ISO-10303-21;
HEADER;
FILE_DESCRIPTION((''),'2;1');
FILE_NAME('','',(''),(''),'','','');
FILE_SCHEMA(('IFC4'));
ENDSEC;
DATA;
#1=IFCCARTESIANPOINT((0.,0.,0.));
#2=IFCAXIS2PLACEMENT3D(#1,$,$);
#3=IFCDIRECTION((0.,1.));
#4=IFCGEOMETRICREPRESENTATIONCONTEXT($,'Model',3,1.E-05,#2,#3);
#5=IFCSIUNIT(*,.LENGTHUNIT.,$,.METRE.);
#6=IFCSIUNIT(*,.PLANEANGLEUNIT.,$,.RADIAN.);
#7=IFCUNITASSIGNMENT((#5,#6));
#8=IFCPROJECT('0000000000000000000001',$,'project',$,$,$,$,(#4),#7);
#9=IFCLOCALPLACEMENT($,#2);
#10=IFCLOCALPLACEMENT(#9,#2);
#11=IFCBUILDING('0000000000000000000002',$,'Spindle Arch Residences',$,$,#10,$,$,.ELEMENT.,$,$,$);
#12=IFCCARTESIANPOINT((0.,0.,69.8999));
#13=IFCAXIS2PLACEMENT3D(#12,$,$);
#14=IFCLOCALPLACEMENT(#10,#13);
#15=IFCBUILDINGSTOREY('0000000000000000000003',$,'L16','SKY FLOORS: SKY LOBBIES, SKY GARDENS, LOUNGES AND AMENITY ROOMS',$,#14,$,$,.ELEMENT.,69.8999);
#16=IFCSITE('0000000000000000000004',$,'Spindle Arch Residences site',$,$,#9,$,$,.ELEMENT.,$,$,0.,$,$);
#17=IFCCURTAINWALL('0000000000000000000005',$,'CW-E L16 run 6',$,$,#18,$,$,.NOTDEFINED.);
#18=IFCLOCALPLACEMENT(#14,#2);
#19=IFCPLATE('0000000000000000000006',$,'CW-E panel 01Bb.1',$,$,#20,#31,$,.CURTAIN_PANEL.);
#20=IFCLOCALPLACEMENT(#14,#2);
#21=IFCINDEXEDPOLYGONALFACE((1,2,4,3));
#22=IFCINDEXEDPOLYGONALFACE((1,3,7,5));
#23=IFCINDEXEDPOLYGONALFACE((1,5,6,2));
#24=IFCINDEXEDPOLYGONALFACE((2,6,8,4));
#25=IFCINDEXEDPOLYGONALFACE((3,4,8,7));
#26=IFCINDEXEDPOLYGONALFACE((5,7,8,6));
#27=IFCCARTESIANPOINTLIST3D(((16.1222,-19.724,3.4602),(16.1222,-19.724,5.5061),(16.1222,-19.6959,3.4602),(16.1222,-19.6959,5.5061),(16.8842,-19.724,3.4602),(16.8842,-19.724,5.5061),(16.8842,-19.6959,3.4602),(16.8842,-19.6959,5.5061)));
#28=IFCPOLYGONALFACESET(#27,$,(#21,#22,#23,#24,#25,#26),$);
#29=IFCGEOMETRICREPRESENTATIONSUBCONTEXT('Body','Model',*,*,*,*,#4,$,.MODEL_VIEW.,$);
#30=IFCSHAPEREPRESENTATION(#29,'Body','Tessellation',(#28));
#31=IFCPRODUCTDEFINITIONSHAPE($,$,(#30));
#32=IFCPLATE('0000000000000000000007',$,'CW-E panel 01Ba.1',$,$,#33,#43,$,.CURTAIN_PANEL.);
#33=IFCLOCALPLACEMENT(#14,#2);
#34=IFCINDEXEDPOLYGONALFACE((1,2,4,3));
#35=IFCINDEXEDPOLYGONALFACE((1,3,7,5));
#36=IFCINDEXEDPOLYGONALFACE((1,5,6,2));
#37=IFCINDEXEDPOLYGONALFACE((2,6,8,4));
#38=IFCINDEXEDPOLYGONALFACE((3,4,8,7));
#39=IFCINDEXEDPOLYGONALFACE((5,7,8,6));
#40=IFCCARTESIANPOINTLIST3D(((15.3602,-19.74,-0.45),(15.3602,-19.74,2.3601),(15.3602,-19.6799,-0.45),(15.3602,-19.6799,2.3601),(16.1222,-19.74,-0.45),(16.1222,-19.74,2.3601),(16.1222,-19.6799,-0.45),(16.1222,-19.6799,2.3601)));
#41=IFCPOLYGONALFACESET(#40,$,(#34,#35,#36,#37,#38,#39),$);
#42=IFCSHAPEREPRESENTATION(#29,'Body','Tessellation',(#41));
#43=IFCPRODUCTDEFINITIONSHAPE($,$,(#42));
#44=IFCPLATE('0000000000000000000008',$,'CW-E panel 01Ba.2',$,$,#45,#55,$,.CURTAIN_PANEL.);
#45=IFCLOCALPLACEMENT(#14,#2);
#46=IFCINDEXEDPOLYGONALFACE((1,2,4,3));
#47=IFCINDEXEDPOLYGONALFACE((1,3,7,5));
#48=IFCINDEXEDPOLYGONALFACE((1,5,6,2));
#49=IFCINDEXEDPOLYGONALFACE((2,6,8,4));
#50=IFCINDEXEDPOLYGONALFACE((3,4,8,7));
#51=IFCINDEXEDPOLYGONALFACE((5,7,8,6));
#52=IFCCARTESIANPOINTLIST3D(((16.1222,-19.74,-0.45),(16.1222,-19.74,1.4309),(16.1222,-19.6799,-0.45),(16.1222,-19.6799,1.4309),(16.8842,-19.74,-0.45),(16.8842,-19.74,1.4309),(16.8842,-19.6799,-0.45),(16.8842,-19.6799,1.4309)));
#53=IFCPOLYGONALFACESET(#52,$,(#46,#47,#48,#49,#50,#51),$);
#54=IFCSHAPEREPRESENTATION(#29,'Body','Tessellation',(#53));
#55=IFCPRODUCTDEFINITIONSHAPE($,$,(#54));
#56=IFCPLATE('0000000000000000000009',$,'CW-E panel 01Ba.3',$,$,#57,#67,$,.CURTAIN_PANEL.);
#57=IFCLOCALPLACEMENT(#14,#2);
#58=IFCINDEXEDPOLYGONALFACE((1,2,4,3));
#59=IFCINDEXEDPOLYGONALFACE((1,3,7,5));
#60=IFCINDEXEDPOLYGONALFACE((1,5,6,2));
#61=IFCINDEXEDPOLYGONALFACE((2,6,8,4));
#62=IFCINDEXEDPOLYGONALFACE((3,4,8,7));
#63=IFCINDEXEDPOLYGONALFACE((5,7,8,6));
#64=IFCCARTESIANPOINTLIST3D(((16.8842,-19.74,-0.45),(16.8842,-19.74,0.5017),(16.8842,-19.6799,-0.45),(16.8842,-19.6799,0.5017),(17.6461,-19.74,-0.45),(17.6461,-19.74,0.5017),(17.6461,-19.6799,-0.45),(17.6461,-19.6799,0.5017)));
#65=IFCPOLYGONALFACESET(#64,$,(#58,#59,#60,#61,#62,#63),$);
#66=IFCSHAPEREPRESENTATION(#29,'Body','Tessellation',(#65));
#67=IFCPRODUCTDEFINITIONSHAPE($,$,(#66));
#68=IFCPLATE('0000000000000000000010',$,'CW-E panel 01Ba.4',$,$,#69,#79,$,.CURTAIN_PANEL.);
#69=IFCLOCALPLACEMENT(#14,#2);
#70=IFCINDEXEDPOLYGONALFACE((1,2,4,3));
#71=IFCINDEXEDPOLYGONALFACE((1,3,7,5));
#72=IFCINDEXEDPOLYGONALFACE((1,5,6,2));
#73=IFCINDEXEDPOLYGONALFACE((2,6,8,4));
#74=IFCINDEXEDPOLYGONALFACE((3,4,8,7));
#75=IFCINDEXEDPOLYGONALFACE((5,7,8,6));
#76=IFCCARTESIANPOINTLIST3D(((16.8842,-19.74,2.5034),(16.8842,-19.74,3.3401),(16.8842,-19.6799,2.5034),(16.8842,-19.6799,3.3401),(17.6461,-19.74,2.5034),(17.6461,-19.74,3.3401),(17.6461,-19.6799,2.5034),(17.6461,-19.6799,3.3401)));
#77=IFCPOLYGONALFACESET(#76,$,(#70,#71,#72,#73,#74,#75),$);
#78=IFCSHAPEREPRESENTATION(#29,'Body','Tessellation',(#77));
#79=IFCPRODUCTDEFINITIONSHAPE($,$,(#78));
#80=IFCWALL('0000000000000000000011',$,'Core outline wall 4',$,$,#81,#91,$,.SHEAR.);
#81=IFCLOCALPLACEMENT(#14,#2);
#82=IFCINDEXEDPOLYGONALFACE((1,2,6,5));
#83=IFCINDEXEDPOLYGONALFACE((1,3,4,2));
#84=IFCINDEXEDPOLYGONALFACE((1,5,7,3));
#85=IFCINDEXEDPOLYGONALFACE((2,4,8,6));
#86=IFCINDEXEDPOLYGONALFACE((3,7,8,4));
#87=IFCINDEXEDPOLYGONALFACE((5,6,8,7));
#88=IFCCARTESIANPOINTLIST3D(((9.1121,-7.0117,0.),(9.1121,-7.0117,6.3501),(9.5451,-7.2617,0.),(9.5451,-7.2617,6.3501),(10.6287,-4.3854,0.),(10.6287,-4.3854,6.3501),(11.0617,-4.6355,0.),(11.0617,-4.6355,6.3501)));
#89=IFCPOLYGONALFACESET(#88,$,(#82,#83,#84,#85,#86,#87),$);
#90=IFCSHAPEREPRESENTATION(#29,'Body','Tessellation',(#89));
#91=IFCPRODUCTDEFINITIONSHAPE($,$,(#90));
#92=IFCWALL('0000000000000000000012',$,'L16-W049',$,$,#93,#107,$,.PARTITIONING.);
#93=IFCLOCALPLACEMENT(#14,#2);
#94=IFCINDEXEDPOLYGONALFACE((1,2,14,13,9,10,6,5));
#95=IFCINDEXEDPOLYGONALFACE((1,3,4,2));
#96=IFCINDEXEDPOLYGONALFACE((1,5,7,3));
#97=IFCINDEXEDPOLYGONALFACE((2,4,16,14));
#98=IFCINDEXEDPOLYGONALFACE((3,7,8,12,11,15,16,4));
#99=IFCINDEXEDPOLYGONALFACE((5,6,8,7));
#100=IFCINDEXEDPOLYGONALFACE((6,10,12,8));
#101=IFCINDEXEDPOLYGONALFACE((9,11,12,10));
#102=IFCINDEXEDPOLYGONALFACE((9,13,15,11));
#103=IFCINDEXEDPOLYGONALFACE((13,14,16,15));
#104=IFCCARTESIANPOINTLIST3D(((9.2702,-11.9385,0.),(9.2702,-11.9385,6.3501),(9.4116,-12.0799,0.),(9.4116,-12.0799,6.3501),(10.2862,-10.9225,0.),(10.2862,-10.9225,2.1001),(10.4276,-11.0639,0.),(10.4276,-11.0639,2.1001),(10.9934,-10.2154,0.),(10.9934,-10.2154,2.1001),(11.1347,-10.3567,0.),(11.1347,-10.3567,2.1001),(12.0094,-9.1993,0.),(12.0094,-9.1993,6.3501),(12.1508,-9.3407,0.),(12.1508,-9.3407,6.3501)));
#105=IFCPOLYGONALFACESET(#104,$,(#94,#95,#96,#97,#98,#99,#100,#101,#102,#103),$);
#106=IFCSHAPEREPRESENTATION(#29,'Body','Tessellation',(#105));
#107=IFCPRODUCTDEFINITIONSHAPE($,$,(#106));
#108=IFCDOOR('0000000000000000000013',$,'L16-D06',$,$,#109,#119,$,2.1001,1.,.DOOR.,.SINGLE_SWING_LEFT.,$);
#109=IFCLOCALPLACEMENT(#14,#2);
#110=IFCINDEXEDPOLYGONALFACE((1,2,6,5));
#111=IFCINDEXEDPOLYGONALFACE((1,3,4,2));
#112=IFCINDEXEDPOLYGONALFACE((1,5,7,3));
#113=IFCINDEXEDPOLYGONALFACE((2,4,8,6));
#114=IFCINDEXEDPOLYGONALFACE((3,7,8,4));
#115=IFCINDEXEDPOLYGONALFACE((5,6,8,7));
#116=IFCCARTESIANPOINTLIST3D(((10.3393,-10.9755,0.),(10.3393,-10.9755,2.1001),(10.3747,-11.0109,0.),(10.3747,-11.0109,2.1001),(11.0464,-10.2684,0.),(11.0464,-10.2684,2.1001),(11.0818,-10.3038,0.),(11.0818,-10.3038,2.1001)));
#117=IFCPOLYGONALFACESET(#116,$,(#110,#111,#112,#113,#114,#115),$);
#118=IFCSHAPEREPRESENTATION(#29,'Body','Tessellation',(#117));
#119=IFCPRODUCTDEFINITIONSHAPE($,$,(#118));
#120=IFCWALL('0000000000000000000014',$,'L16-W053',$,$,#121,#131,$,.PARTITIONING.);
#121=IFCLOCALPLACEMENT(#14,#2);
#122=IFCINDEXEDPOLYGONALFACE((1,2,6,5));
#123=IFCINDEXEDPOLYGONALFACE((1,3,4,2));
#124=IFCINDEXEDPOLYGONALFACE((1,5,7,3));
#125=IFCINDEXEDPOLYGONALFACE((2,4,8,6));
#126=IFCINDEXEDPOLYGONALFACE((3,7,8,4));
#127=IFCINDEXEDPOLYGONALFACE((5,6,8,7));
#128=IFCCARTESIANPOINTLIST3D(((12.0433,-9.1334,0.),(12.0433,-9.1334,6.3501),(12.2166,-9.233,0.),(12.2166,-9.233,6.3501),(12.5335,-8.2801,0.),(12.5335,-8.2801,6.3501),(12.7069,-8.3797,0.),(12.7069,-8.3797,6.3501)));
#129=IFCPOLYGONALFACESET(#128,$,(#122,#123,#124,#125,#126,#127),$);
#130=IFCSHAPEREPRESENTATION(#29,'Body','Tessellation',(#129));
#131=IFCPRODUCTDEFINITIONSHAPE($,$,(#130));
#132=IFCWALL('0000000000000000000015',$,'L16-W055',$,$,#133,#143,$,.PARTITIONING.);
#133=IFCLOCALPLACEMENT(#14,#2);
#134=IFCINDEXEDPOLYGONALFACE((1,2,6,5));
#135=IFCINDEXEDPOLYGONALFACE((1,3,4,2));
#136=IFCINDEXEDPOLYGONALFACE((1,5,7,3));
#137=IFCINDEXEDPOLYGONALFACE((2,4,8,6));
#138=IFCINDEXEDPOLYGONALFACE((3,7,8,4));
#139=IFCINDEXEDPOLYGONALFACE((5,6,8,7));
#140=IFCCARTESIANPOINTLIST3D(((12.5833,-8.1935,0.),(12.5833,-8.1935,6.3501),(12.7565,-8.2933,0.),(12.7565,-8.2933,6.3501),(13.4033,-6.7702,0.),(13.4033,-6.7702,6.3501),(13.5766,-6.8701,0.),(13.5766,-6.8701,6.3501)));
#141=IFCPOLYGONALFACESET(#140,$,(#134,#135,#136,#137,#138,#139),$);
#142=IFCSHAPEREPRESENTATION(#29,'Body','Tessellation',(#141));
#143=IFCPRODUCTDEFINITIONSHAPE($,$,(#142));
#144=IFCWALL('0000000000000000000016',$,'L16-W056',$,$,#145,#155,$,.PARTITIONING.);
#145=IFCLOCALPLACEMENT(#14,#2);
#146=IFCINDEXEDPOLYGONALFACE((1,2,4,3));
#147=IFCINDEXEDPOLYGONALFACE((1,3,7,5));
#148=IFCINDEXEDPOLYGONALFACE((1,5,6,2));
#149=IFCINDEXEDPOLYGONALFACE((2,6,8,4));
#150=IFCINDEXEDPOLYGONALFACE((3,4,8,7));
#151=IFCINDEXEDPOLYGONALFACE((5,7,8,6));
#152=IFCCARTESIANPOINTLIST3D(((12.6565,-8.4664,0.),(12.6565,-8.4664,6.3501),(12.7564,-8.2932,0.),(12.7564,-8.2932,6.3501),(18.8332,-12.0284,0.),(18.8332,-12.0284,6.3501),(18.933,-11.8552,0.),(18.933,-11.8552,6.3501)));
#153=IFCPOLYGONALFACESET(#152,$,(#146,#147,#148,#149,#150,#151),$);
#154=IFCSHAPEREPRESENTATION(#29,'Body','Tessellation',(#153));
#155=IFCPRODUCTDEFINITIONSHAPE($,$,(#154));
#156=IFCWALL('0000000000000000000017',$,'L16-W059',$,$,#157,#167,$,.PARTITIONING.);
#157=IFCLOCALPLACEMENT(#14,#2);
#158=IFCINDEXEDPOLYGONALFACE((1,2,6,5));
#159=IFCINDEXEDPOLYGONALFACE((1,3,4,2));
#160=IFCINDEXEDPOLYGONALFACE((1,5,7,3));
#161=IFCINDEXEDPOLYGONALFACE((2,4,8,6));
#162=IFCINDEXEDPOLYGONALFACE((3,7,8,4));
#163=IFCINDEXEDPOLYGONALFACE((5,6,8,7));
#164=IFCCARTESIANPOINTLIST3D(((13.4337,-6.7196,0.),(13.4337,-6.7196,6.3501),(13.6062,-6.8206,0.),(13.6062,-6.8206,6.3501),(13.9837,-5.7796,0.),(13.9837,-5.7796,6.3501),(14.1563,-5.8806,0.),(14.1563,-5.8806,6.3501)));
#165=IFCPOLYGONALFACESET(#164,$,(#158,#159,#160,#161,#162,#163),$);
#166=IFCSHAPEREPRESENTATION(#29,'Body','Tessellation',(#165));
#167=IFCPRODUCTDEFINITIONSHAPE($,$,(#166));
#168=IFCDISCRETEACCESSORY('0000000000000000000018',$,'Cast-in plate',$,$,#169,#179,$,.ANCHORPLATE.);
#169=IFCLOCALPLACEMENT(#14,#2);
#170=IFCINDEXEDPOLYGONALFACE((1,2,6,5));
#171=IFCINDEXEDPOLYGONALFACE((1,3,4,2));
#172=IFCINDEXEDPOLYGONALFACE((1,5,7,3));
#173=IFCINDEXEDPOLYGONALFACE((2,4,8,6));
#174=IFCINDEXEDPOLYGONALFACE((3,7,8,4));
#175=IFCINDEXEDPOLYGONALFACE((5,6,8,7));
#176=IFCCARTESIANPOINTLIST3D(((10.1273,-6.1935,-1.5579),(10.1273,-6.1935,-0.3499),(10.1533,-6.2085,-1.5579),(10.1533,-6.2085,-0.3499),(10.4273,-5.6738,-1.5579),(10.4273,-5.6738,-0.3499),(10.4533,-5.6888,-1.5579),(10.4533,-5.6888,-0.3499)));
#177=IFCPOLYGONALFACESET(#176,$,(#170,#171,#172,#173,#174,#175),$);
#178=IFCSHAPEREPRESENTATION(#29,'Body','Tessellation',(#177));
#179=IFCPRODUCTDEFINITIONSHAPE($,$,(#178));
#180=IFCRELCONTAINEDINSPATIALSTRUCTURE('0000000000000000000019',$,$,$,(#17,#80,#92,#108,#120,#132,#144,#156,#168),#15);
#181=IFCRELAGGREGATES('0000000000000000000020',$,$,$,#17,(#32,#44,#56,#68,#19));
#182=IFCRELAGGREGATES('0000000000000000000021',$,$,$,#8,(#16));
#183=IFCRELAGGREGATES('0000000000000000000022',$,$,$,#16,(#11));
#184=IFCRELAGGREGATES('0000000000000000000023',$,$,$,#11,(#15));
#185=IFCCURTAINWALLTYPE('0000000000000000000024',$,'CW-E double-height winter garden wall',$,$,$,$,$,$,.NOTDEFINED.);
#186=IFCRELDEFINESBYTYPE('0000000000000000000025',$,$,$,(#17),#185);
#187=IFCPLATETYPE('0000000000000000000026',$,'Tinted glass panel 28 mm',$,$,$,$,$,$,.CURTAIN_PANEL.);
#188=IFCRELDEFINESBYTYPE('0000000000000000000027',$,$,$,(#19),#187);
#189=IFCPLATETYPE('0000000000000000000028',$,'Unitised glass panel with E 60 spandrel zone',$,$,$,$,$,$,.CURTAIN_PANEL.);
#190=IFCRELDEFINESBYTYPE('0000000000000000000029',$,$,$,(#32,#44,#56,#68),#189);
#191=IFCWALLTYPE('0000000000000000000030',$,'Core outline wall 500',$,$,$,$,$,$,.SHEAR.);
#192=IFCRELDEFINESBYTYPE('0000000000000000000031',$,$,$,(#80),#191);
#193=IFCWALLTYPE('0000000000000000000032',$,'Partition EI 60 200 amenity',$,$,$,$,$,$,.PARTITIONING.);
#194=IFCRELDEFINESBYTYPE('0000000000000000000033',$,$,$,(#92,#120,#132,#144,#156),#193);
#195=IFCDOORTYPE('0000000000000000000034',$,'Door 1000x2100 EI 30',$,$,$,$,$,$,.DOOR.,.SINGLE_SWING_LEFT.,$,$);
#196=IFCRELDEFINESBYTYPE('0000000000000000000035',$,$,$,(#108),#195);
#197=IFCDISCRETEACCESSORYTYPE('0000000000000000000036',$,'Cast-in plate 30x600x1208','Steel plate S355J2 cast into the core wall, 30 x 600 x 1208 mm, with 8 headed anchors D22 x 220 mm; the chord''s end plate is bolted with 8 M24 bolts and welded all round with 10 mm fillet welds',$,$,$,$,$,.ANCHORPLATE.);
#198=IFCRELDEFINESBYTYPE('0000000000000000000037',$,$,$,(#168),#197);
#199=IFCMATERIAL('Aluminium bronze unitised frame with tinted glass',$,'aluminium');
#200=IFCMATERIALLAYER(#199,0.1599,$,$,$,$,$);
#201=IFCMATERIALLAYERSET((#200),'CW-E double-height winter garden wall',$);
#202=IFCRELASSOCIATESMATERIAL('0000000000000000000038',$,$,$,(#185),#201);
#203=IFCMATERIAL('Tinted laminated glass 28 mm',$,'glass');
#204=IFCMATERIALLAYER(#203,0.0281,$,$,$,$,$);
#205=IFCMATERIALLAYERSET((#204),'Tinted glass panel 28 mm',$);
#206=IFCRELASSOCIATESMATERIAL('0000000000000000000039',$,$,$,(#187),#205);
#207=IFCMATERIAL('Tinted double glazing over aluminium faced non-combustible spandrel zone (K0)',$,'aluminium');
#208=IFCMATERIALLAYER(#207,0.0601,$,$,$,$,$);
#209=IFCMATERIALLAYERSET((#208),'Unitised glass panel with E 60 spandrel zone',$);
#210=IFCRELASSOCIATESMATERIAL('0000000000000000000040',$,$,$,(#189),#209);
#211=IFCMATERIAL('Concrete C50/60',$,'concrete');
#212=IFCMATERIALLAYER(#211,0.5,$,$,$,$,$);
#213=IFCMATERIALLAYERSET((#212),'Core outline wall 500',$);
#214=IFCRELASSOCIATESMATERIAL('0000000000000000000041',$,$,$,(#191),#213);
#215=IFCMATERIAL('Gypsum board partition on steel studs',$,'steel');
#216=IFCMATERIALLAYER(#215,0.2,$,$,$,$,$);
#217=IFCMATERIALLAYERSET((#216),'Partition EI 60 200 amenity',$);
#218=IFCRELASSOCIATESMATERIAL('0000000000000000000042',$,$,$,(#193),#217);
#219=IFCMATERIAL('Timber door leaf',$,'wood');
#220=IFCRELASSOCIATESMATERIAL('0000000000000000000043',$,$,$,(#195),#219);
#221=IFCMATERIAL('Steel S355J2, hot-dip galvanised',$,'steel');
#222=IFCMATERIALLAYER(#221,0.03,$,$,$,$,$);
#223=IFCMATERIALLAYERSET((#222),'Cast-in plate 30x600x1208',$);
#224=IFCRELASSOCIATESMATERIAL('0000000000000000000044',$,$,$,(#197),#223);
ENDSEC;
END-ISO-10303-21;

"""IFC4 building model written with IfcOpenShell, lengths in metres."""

from ifc_helpers import new_model, si_unit, direction, frame, frame_2d, origin, origin_2d, place, context, subcontext, project, spatial, rectangle, extrude, material, layer, layer_set, type_object, element, fill, aggregate, save


model = new_model("IFC4")

# Units and contexts
model_context = context("Model", 3, precision=1e-05, world=origin(), true_north=direction((0.0, 1.0)))
body_context = subcontext(model_context, "Body", "Model", "MODEL_VIEW")
ifc_project = project(units=[si_unit("LENGTHUNIT", "METRE"), si_unit("PLANEANGLEUNIT", "RADIAN")], contexts=[model_context])

# Site, building, storey
site_placement = place(None, origin())
site = spatial("IfcSite", under=ifc_project, at=site_placement, Name="Spindle Arch Residences site", CompositionType="ELEMENT", RefElevation=0.0)
building_placement = place(site_placement, origin())
building = spatial("IfcBuilding", under=site, at=building_placement, Name="Spindle Arch Residences", CompositionType="ELEMENT")
storey_placement = place(building_placement, frame((0.0, 0.0, 69.8999)))
storey = spatial("IfcBuildingStorey", under=building, at=storey_placement, Name="L16", Description="SKY FLOORS: SKY LOBBIES, SKY GARDENS, LOUNGES AND AMENITY ROOMS", CompositionType="ELEMENT", Elevation=69.8999)

# Curtain wall, plates
ifc_material_1 = material(Name="Aluminium bronze unitised frame with tinted glass", Category="aluminium")
ifc_layer_1 = layer(ifc_material_1, 0.1599)
ifc_layer_set_1 = layer_set([ifc_layer_1], Name="CW-E double-height winter garden wall")
curtain_wall_type = type_object("IfcCurtainWallType", Name="CW-E double-height winter garden wall", PredefinedType="NOTDEFINED", material=ifc_layer_set_1)
curtain_wall_placement = place(storey_placement, origin())
curtain_wall = element("IfcCurtainWall", 1, at=curtain_wall_placement, inside=storey, type_object=curtain_wall_type, Name="CW-E L16 run 6", PredefinedType="NOTDEFINED")
ifc_material_2 = material(Name="Tinted laminated glass 28 mm", Category="glass")
ifc_layer_2 = layer(ifc_material_2, 0.0281)
ifc_layer_set_2 = layer_set([ifc_layer_2], Name="Tinted glass panel 28 mm")
plate_type_1 = type_object("IfcPlateType", Name="Tinted glass panel 28 mm", PredefinedType="CURTAIN_PANEL", material=ifc_layer_set_2)
plate_1_placement = place(storey_placement, frame((16.5032, -19.71, 3.4602), z_axis=(0.0, 0.0, 1.0), x_axis=(1.0, 0.0, 0.0)))
plate_1 = element("IfcPlate", 2, at=plate_1_placement, type_object=plate_type_1, Name="CW-E panel 01Bb.1", PredefinedType="CURTAIN_PANEL", context=body_context, shape_type="SweptSolid", body=[
    extrude(rectangle(XDim=0.762, YDim=0.0281, at=origin_2d()), origin(), (0.0, 0.0, 1.0), 2.0459),
])
ifc_material_3 = material(Name="Tinted double glazing over aluminium faced non-combustible spandrel zone (K0)", Category="aluminium")
ifc_layer_3 = layer(ifc_material_3, 0.0601)
ifc_layer_set_3 = layer_set([ifc_layer_3], Name="Unitised glass panel with E 60 spandrel zone")
plate_type_2 = type_object("IfcPlateType", Name="Unitised glass panel with E 60 spandrel zone", PredefinedType="CURTAIN_PANEL", material=ifc_layer_set_3)
plate_2_placement = place(storey_placement, frame((15.7412, -19.71, -0.45), z_axis=(0.0, 0.0, 1.0), x_axis=(1.0, 0.0, 0.0)))
plate_2 = element("IfcPlate", 3, at=plate_2_placement, type_object=plate_type_2, Name="CW-E panel 01Ba.1", PredefinedType="CURTAIN_PANEL", context=body_context, shape_type="SweptSolid", body=[
    extrude(rectangle(XDim=0.762, YDim=0.0601, at=origin_2d()), origin(), (0.0, 0.0, 1.0), 2.8101),
])
plate_3_placement = place(storey_placement, frame((16.5032, -19.71, -0.45), z_axis=(0.0, 0.0, 1.0), x_axis=(1.0, 0.0, 0.0)))
plate_3 = element("IfcPlate", 4, at=plate_3_placement, type_object=plate_type_2, Name="CW-E panel 01Ba.2", PredefinedType="CURTAIN_PANEL", context=body_context, shape_type="SweptSolid", body=[
    extrude(rectangle(XDim=0.762, YDim=0.0601, at=origin_2d()), origin(), (0.0, 0.0, 1.0), 1.8809),
])
plate_4_placement = place(storey_placement, frame((17.2651, -19.71, -0.45), z_axis=(0.0, 0.0, 1.0), x_axis=(1.0, 0.0, 0.0)))
plate_4 = element("IfcPlate", 5, at=plate_4_placement, type_object=plate_type_2, Name="CW-E panel 01Ba.3", PredefinedType="CURTAIN_PANEL", context=body_context, shape_type="SweptSolid", body=[
    extrude(rectangle(XDim=0.762, YDim=0.0601, at=origin_2d()), origin(), (0.0, 0.0, 1.0), 0.9517),
])
plate_5_placement = place(storey_placement, frame((17.2651, -19.71, 2.5034), z_axis=(0.0, 0.0, 1.0), x_axis=(1.0, 0.0, 0.0)))
plate_5 = element("IfcPlate", 6, at=plate_5_placement, type_object=plate_type_2, Name="CW-E panel 01Ba.4", PredefinedType="CURTAIN_PANEL", context=body_context, shape_type="SweptSolid", body=[
    extrude(rectangle(XDim=0.762, YDim=0.0601, at=origin_2d()), origin(), (0.0, 0.0, 1.0), 0.8367),
])
aggregate(curtain_wall, [plate_2, plate_3, plate_4, plate_5, plate_1])

# Wall
ifc_material_4 = material(Name="Concrete C50/60", Category="concrete")
ifc_layer_4 = layer(ifc_material_4, 0.5)
ifc_layer_set_4 = layer_set([ifc_layer_4], Name="Core outline wall 500")
wall_type_1 = type_object("IfcWallType", Name="Core outline wall 500", PredefinedType="SHEAR", material=ifc_layer_set_4)
wall_1_placement = place(storey_placement, frame((9.3286, -7.1367, 0.0), z_axis=(0.0, 0.0, 1.0), x_axis=(0.500087, 0.865975, 0.0)))
element("IfcWall", 7, at=wall_1_placement, inside=storey, type_object=wall_type_1, Name="Core outline wall 4", PredefinedType="SHEAR", context=body_context, shape_type="SweptSolid", body=[
    extrude(rectangle(XDim=3.0327, YDim=0.5, at=frame_2d((1.5164, 0.0))), origin(), (0.0, 0.0, 1.0), 6.3501),
])

# Wall, opening, door
ifc_material_5 = material(Name="Gypsum board partition on steel studs", Category="steel")
ifc_layer_5 = layer(ifc_material_5, 0.2)
ifc_layer_set_5 = layer_set([ifc_layer_5], Name="Partition EI 60 200 amenity")
wall_type_2 = type_object("IfcWallType", Name="Partition EI 60 200 amenity", PredefinedType="PARTITIONING", material=ifc_layer_set_5)
wall_2_placement = place(storey_placement, frame((9.3408, -12.0093, 0.0), z_axis=(0.0, 0.0, 1.0), x_axis=(0.707107, 0.707107, 0.0)))
wall_2 = element("IfcWall", 8, at=wall_2_placement, inside=storey, type_object=wall_type_2, Name="L16-W049", PredefinedType="PARTITIONING", context=body_context, shape_type="SweptSolid", body=[
    extrude(rectangle(XDim=3.8738, YDim=0.2, at=frame_2d((1.937, 0.0))), origin(), (0.0, 0.0, 1.0), 6.3501),
])
opening_placement = place(wall_2_placement, frame((1.437, 0.0, 0.0)))
opening = element("IfcOpeningElement", 9, at=opening_placement, cuts=wall_2, PredefinedType="OPENING", context=body_context, shape_type="SweptSolid", body=[
    extrude(rectangle(XDim=1.0, YDim=2.1001, at=frame_2d((0.5, 1.05))), frame((0.0, 0.1099, 0.0), z_axis=(0.0, -1.0, 0.0), x_axis=(1.0, 0.0, 0.0)), (0.0, 0.0, 1.0), 0.22),
])
ifc_material_6 = material(Name="Timber door leaf", Category="wood")
door_type = type_object("IfcDoorType", Name="Door 1000x2100 EI 30", OperationType="SINGLE_SWING_LEFT", PredefinedType="DOOR", material=ifc_material_6)
door_placement = place(opening_placement, origin())
door = element("IfcDoor", 10, at=door_placement, inside=storey, type_object=door_type, Name="L16-D06", OperationType="SINGLE_SWING_LEFT", OverallHeight=2.1001, OverallWidth=1.0, PredefinedType="DOOR", context=body_context, shape_type="SweptSolid", body=[
    extrude(rectangle(XDim=1.0, YDim=2.1001, at=frame_2d((0.5, 1.05))), frame((0.0, 0.0249, 0.0), z_axis=(0.0, -1.0, 0.0), x_axis=(1.0, 0.0, 0.0)), (0.0, 0.0, 1.0), 0.05),
])
fill(opening, door)

# Walls
wall_3_placement = place(storey_placement, frame((12.1299, -9.1833, 0.0), z_axis=(0.0, 0.0, 1.0), x_axis=(0.498168, 0.86708, 0.0)))
element("IfcWall", 11, at=wall_3_placement, inside=storey, type_object=wall_type_2, Name="L16-W053", PredefinedType="PARTITIONING", context=body_context, shape_type="SweptSolid", body=[
    extrude(rectangle(XDim=0.9841, YDim=0.2, at=frame_2d((0.4922, 0.0))), origin(), (0.0, 0.0, 1.0), 6.3501),
])
wall_4_placement = place(storey_placement, frame((12.6699, -8.2434, 0.0), z_axis=(0.0, 0.0, 1.0), x_axis=(0.499225, 0.866472, 0.0)))
element("IfcWall", 12, at=wall_4_placement, inside=storey, type_object=wall_type_2, Name="L16-W055", PredefinedType="PARTITIONING", context=body_context, shape_type="SweptSolid", body=[
    extrude(rectangle(XDim=1.6426, YDim=0.2, at=frame_2d((0.8213, 0.0))), origin(), (0.0, 0.0, 1.0), 6.3501),
])
wall_5_placement = place(storey_placement, frame((12.7065, -8.3799, 0.0), z_axis=(0.0, 0.0, 1.0), x_axis=(0.866277, -0.499564, 0.0)))
element("IfcWall", 13, at=wall_5_placement, inside=storey, type_object=wall_type_2, Name="L16-W056", PredefinedType="PARTITIONING", context=body_context, shape_type="SweptSolid", body=[
    extrude(rectangle(XDim=7.1301, YDim=0.2, at=frame_2d((3.5649, 0.0))), origin(), (0.0, 0.0, 1.0), 6.3501),
])
wall_6_placement = place(storey_placement, frame((13.52, -6.77, 0.0), z_axis=(0.0, 0.0, 1.0), x_axis=(0.505069, 0.863079, 0.0)))
element("IfcWall", 14, at=wall_6_placement, inside=storey, type_object=wall_type_2, Name="L16-W059", PredefinedType="PARTITIONING", context=body_context, shape_type="SweptSolid", body=[
    extrude(rectangle(XDim=1.0891, YDim=0.2, at=frame_2d((0.5444, 0.0))), origin(), (0.0, 0.0, 1.0), 6.3501),
])

# Discrete accessory
ifc_material_7 = material(Name="Steel S355J2, hot-dip galvanised", Category="steel")
ifc_layer_6 = layer(ifc_material_7, 0.03)
ifc_layer_set_6 = layer_set([ifc_layer_6], Name="Cast-in plate 30x600x1208")
discrete_accessory_type = type_object("IfcDiscreteAccessoryType", Name="Cast-in plate 30x600x1208", Description="Steel plate S355J2 cast into the core wall, 30 x 600 x 1208 mm, with 8 headed anchors D22 x 220 mm; the chord's end plate is bolted with 8 M24 bolts and welded all round with 10 mm fillet welds", PredefinedType="ANCHORPLATE", material=ifc_layer_set_6)
for number, where, z_axis, x_axis, name in (
    (15, (10.2903, -5.9412, -1.5579), (0.0, 0.0, 1.0), (0.866025, -0.5, 0.0), "Cast-in plate"),
):
    element("IfcDiscreteAccessory", number, at=place(storey_placement, frame(where, z_axis=z_axis, x_axis=x_axis)), inside=storey, type_object=discrete_accessory_type, Name=name, PredefinedType="ANCHORPLATE", context=body_context, shape_type="SweptSolid", body=[
        extrude(rectangle(XDim=0.03, YDim=0.6001, at=origin_2d()), origin(), (0.0, 0.0, 1.0), 1.208),
    ])

save(model, "model.ifc")
